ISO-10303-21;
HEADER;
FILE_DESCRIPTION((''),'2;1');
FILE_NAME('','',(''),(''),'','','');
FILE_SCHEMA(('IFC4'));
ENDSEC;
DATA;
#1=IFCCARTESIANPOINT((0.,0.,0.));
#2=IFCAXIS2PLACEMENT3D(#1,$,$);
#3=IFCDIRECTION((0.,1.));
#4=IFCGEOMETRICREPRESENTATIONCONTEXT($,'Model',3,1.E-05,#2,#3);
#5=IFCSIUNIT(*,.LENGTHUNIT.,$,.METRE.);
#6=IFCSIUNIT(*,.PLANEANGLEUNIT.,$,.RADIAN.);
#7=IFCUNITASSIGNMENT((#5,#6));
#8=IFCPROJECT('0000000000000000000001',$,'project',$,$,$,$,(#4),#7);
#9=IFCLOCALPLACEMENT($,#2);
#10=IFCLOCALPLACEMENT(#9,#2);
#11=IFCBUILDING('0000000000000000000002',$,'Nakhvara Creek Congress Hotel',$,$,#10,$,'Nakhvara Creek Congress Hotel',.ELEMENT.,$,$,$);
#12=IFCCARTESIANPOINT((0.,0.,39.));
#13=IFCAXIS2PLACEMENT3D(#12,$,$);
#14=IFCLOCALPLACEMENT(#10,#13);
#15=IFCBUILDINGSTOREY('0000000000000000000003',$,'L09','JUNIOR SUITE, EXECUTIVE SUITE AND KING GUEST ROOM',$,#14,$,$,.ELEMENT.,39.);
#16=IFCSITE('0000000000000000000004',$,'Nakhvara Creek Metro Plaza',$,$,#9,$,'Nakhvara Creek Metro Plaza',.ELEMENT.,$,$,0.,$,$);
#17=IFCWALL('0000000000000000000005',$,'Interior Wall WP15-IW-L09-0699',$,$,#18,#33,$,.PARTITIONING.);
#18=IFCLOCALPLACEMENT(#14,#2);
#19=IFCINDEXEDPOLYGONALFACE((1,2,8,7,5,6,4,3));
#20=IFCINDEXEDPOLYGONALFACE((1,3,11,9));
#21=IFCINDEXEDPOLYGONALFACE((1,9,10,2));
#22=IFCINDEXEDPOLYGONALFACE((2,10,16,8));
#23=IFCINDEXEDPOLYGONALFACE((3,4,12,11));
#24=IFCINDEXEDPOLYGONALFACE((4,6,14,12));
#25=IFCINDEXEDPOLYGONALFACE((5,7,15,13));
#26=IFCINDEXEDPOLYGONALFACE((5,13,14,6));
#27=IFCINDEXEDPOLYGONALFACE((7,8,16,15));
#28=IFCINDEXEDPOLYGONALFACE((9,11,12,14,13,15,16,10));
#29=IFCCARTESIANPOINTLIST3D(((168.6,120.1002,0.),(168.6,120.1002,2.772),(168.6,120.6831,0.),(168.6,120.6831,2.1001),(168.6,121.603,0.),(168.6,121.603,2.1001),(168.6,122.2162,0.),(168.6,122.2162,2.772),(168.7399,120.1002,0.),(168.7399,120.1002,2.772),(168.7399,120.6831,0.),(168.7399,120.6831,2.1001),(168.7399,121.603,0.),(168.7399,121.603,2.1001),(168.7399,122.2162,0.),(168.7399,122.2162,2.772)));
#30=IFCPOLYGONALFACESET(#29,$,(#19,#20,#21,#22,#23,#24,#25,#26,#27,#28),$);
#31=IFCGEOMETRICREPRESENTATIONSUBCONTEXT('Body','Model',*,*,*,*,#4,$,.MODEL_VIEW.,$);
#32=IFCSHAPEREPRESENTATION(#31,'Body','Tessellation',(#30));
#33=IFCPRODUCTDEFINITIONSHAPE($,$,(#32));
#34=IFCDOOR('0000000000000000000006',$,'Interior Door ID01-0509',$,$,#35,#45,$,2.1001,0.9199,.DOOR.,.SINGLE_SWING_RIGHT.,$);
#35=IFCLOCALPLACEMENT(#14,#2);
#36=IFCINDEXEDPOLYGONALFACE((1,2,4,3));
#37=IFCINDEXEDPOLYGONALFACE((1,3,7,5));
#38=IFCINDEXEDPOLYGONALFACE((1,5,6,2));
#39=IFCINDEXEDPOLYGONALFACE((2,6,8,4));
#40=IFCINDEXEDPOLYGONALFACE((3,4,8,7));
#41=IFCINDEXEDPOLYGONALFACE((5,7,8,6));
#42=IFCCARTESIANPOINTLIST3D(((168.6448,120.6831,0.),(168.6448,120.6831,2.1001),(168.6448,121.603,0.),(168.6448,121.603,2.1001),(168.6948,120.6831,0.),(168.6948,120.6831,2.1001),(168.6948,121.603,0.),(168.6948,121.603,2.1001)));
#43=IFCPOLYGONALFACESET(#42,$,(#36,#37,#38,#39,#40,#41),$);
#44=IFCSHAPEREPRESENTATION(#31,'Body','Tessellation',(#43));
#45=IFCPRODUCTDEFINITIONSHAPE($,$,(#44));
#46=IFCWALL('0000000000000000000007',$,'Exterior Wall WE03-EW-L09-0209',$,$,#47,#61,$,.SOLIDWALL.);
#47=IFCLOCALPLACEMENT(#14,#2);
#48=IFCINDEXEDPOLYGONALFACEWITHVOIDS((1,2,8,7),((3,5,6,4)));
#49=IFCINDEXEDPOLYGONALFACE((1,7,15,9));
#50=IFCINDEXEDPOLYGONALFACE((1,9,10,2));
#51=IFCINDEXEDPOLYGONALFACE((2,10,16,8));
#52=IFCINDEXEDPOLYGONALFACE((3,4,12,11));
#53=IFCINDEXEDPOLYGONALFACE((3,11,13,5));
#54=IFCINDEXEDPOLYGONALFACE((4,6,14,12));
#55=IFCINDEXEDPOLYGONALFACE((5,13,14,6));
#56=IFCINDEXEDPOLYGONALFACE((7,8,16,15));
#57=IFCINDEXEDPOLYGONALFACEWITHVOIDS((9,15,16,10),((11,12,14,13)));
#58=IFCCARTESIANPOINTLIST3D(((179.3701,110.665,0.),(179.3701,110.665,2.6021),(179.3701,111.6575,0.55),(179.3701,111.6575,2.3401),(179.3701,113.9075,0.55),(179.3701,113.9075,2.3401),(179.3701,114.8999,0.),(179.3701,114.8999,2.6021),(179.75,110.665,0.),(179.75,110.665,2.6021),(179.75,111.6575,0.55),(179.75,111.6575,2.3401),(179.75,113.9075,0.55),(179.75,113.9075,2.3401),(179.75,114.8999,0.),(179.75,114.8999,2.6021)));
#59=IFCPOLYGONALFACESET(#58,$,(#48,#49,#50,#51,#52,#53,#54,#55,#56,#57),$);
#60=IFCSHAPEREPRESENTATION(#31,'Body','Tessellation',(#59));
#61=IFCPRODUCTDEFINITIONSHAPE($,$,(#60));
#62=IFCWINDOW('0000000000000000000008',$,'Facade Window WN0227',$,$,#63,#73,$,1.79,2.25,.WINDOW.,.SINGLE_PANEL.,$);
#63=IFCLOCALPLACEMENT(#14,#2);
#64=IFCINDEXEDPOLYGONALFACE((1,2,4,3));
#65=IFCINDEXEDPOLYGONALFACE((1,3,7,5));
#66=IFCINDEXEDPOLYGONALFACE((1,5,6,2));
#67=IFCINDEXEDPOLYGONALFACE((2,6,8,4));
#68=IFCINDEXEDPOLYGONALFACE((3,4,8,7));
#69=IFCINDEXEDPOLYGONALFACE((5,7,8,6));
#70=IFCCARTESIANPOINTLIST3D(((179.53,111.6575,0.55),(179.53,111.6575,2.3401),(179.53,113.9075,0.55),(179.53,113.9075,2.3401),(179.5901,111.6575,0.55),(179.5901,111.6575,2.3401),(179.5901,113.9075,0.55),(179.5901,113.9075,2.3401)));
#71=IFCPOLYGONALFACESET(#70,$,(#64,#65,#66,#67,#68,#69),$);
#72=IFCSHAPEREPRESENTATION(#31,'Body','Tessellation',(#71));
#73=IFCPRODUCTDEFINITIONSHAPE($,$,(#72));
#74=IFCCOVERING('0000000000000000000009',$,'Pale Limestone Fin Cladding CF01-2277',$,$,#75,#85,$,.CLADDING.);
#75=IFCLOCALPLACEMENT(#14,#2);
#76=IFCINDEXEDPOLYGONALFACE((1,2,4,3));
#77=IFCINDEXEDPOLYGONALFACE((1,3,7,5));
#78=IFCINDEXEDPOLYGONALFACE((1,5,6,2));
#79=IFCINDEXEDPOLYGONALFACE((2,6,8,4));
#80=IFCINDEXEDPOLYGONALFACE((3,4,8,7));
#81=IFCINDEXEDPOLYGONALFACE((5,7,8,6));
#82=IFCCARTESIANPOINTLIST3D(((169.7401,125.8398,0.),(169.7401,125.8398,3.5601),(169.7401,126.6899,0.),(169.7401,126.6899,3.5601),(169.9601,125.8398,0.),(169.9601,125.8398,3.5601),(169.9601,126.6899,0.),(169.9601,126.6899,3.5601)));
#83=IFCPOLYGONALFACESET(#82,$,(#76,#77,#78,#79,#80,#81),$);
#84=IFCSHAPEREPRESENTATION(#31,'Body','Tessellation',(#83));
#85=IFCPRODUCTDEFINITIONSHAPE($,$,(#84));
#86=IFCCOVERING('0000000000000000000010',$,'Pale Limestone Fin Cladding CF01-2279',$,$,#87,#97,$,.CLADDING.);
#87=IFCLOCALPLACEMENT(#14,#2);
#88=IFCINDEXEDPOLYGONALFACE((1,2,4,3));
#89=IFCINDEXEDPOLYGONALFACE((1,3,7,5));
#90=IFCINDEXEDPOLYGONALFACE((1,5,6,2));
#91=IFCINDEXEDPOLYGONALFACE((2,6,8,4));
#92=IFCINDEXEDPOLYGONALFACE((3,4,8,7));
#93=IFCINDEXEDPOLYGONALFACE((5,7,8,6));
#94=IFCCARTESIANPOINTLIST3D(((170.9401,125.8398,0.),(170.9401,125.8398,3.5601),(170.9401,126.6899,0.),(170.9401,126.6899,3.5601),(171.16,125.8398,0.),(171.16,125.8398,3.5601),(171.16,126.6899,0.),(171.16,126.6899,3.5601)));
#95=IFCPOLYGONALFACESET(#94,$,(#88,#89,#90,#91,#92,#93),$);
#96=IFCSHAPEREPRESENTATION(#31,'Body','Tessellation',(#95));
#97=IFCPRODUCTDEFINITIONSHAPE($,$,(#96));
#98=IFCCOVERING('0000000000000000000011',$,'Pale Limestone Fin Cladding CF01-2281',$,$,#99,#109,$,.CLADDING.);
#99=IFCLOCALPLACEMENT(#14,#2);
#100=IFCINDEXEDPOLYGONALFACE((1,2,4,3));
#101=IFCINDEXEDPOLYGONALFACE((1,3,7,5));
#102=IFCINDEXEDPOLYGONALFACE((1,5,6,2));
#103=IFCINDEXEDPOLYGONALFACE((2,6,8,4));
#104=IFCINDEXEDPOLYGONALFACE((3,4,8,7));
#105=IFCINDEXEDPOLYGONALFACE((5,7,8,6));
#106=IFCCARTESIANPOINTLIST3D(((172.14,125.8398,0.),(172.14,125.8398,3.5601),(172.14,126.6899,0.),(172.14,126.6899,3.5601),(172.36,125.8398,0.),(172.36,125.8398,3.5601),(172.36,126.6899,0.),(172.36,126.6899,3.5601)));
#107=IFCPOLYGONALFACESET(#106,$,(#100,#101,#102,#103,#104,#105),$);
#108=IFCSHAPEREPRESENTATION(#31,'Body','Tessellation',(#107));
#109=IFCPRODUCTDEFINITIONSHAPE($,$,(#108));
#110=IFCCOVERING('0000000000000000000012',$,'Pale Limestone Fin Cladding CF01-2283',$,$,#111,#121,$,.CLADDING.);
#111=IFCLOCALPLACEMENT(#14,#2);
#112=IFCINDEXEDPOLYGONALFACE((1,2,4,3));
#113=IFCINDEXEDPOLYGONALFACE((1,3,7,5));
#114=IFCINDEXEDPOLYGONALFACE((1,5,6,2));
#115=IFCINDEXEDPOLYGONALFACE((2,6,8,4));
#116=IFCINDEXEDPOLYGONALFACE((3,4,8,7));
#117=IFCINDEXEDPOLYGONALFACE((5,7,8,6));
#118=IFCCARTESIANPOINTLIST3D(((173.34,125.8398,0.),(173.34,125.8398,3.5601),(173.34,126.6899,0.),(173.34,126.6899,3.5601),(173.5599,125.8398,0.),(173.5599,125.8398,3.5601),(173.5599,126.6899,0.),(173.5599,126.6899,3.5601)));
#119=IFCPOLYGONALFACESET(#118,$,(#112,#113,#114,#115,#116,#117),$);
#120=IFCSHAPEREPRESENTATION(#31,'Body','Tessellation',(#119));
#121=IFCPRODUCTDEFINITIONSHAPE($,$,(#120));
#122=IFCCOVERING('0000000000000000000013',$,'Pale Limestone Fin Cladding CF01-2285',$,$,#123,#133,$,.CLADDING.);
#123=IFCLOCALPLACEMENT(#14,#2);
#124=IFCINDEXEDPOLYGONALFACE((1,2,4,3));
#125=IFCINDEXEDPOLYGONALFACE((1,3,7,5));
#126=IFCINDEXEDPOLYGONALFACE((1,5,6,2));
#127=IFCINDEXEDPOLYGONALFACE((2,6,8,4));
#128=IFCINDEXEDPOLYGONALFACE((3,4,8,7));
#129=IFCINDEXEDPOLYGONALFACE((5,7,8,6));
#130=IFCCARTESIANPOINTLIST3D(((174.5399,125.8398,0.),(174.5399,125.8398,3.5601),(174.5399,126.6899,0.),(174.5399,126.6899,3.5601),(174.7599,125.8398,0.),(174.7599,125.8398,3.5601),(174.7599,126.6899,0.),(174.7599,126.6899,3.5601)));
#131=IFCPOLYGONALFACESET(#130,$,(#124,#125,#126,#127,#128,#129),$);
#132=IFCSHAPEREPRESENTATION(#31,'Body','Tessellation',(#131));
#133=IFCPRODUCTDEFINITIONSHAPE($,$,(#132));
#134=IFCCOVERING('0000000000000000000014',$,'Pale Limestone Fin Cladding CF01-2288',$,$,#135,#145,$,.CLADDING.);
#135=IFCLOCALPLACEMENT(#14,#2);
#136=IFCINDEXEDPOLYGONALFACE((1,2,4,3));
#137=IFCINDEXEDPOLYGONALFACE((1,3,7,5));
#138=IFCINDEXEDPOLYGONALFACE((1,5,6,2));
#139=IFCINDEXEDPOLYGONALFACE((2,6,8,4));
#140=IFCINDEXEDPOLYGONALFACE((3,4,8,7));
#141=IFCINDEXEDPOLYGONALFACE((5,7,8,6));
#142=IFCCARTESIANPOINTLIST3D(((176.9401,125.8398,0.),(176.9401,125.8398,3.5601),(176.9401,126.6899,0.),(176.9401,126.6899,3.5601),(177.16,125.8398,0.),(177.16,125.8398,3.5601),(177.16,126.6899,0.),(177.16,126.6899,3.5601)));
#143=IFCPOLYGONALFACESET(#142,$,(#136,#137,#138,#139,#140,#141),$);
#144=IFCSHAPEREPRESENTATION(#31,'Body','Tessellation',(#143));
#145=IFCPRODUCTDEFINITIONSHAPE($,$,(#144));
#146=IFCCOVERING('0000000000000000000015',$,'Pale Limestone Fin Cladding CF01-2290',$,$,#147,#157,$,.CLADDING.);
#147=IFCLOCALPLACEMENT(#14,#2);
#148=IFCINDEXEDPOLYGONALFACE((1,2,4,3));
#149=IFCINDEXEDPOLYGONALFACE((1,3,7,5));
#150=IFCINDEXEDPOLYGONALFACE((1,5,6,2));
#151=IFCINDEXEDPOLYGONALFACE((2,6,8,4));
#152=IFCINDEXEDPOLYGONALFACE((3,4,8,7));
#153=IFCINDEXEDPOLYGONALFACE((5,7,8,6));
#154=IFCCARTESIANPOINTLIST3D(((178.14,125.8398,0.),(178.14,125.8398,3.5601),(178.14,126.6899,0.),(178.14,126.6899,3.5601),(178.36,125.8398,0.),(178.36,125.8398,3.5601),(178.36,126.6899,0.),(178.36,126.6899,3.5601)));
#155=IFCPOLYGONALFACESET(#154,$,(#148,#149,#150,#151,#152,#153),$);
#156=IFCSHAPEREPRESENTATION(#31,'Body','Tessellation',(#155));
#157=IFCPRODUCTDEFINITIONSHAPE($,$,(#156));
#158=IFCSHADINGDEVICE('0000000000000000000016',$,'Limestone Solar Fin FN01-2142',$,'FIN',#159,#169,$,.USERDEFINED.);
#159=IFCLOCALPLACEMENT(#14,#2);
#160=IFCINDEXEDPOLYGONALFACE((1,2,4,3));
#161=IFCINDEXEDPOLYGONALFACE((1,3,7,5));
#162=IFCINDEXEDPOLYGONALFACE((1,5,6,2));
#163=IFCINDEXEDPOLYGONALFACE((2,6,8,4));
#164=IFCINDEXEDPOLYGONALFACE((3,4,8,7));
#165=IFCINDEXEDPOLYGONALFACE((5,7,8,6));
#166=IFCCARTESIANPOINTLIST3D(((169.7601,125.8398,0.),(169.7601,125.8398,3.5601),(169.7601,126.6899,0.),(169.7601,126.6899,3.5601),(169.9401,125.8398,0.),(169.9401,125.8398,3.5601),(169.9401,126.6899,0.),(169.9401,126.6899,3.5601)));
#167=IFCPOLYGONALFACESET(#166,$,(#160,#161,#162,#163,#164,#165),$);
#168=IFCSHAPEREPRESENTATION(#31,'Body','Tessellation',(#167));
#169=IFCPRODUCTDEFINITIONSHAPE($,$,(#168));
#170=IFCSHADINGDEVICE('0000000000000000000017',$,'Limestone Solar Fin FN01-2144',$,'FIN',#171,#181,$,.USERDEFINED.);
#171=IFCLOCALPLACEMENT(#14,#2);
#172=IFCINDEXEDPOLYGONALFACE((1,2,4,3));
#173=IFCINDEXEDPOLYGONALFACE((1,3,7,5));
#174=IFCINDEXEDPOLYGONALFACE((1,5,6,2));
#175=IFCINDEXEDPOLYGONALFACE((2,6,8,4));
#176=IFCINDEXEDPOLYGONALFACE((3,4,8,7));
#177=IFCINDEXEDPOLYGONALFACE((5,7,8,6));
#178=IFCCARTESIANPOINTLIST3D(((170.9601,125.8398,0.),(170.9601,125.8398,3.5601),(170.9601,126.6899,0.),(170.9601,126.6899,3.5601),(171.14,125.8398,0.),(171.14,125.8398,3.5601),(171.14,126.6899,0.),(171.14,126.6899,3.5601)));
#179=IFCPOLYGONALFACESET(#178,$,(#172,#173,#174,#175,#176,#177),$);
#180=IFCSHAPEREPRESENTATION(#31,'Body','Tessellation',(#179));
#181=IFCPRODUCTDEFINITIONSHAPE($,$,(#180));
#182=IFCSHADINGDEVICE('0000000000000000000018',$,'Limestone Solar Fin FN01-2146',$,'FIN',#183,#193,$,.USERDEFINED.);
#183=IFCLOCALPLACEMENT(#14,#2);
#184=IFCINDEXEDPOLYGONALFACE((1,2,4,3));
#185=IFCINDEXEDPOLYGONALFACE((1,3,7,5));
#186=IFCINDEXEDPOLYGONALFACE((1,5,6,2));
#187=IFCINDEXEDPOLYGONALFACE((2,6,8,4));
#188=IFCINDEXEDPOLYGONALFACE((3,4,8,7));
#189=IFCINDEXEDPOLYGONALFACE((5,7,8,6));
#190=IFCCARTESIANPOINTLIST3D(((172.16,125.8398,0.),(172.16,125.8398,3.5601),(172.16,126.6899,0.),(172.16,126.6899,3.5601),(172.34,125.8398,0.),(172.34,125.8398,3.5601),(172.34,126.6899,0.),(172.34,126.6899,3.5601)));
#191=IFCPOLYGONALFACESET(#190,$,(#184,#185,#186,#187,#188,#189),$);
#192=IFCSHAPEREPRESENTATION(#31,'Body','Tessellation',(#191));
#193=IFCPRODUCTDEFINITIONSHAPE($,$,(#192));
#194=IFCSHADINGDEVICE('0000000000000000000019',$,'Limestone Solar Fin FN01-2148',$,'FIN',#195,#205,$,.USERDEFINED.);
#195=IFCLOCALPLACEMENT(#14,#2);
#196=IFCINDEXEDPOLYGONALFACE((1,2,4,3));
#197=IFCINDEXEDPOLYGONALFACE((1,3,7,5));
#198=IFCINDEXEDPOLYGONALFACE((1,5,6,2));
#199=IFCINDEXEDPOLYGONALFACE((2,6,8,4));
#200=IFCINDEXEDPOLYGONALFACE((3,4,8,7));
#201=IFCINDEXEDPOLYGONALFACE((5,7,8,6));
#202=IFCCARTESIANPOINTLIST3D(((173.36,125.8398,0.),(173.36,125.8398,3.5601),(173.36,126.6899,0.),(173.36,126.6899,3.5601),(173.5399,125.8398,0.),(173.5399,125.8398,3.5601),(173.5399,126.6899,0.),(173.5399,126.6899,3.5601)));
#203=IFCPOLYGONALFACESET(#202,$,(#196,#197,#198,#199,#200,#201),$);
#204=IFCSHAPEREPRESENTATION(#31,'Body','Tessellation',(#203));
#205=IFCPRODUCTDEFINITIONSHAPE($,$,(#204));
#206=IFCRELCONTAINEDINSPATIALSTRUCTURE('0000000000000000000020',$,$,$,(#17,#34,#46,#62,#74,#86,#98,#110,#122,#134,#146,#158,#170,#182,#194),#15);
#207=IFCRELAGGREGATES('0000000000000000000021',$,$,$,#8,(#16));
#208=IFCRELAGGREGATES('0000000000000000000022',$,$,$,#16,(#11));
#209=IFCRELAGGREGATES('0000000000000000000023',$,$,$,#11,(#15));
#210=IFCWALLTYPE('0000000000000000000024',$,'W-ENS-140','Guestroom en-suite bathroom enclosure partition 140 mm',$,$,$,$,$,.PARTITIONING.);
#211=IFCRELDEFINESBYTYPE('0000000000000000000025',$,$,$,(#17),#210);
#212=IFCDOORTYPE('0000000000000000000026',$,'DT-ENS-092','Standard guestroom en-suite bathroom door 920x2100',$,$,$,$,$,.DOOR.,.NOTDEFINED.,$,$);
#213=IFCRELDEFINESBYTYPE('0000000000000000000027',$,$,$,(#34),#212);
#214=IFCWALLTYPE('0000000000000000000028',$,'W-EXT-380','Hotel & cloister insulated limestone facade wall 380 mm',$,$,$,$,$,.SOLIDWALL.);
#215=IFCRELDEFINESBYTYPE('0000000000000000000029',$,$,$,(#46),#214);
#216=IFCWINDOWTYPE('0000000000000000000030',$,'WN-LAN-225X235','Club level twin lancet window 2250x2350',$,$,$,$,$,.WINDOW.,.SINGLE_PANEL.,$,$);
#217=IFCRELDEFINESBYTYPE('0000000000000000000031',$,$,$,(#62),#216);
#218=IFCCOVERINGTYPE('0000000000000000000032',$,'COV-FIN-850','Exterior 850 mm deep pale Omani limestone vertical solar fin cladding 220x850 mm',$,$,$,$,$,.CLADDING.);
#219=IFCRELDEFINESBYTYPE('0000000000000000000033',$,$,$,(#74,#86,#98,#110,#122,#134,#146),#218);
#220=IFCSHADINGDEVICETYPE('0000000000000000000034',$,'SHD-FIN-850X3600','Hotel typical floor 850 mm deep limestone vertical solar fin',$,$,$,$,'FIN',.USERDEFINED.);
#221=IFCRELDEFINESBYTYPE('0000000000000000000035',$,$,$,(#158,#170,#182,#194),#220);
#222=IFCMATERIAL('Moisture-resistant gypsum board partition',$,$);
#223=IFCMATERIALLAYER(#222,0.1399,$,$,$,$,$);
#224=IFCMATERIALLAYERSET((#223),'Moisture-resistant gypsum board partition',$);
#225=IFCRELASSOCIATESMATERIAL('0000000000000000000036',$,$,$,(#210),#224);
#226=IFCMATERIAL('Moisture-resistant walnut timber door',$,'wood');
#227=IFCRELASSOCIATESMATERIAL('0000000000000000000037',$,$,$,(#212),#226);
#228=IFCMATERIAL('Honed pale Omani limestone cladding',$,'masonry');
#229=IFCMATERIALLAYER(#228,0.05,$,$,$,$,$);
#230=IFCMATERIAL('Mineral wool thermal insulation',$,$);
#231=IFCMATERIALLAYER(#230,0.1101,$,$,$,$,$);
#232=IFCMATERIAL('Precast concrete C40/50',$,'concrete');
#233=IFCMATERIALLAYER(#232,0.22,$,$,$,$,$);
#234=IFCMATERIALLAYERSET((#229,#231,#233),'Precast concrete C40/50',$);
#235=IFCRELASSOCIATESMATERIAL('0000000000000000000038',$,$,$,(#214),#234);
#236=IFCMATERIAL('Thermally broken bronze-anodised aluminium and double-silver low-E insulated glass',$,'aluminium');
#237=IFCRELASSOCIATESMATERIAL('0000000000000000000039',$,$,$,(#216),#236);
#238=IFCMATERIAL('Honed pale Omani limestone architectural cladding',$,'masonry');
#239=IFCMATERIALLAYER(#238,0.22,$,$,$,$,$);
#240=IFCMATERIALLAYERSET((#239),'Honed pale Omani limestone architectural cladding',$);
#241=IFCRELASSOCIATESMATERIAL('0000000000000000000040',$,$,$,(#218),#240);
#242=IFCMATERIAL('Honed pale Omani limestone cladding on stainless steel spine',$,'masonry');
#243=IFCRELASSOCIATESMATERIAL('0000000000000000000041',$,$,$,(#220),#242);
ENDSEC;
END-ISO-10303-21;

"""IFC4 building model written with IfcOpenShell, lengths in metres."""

from ifc_helpers import new_model, si_unit, direction, frame, frame_2d, origin, origin_2d, place, context, subcontext, project, spatial, rectangle, extrude, material, layer, layer_set, type_object, element, fill, save


model = new_model("IFC4")

# Units and contexts
model_context = context("Model", 3, precision=1e-05, world=origin(), true_north=direction((0.0, 1.0)))
body_context = subcontext(model_context, "Body", "Model", "MODEL_VIEW")
ifc_project = project(units=[si_unit("LENGTHUNIT", "METRE"), si_unit("PLANEANGLEUNIT", "RADIAN")], contexts=[model_context])

# Site, building, storey
site_placement = place(None, origin())
site = spatial("IfcSite", under=ifc_project, at=site_placement, Name="Nakhvara Creek Metro Plaza", LongName="Nakhvara Creek Metro Plaza", CompositionType="ELEMENT", RefElevation=0.0)
building_placement = place(site_placement, origin())
building = spatial("IfcBuilding", under=site, at=building_placement, Name="Nakhvara Creek Congress Hotel", LongName="Nakhvara Creek Congress Hotel", CompositionType="ELEMENT")
storey_placement = place(building_placement, frame((0.0, 0.0, 39.0)))
storey = spatial("IfcBuildingStorey", under=building, at=storey_placement, Name="L09", Description="JUNIOR SUITE, EXECUTIVE SUITE AND KING GUEST ROOM", CompositionType="ELEMENT", Elevation=39.0)

# Wall, opening, door
ifc_material_1 = material(Name="Moisture-resistant gypsum board partition")
ifc_layer_1 = layer(ifc_material_1, 0.1399)
ifc_layer_set_1 = layer_set([ifc_layer_1], Name="Moisture-resistant gypsum board partition")
wall_type_1 = type_object("IfcWallType", Name="W-ENS-140", Description="Guestroom en-suite bathroom enclosure partition 140 mm", PredefinedType="PARTITIONING", material=ifc_layer_set_1)
wall_1_placement = place(storey_placement, frame((168.6699, 120.1001, 0.0), z_axis=(0.0, 0.0, 1.0), x_axis=(0.0, 1.0, 0.0)))
wall_1 = element("IfcWall", 1, at=wall_1_placement, inside=storey, type_object=wall_type_1, Name="Interior Wall WP15-IW-L09-0699", PredefinedType="PARTITIONING", context=body_context, shape_type="SweptSolid", body=[
    extrude(rectangle(XDim=2.116, YDim=0.1399, at=frame_2d((1.0581, 0.0))), origin(), (0.0, 0.0, 1.0), 2.772),
])
opening_1_placement = place(wall_1_placement, frame((0.583, 0.0, 0.0)))
opening_1 = element("IfcOpeningElement", 2, at=opening_1_placement, cuts=wall_1, PredefinedType="OPENING", context=body_context, shape_type="SweptSolid", body=[
    extrude(rectangle(XDim=0.9199, YDim=2.1001, at=frame_2d((0.46, 1.05))), frame((0.0, 0.082, 0.0), z_axis=(0.0, -1.0, 0.0), x_axis=(1.0, 0.0, 0.0)), (0.0, 0.0, 1.0), 0.1638),
])
ifc_material_2 = material(Name="Moisture-resistant walnut timber door", Category="wood")
door_type = type_object("IfcDoorType", Name="DT-ENS-092", Description="Standard guestroom en-suite bathroom door 920x2100", OperationType="NOTDEFINED", PredefinedType="DOOR", material=ifc_material_2)
door_placement = place(opening_1_placement, frame((0.9199, 0.0, 0.0), z_axis=(0.0, 0.0, 1.0), x_axis=(-1.0, 0.0, 0.0)))
door = element("IfcDoor", 3, at=door_placement, inside=storey, type_object=door_type, Name="Interior Door ID01-0509", OperationType="SINGLE_SWING_RIGHT", OverallHeight=2.1001, OverallWidth=0.9199, PredefinedType="DOOR", context=body_context, shape_type="SweptSolid", body=[
    extrude(rectangle(XDim=0.9199, YDim=2.1001, at=frame_2d((0.46, 1.05))), frame((0.0, 0.0249, 0.0), z_axis=(0.0, -1.0, 0.0), x_axis=(1.0, 0.0, 0.0)), (0.0, 0.0, 1.0), 0.05),
])
fill(opening_1, door)

# Wall, opening, window
ifc_material_3 = material(Name="Honed pale Omani limestone cladding", Category="masonry")
ifc_layer_2 = layer(ifc_material_3, 0.05)
ifc_material_4 = material(Name="Mineral wool thermal insulation")
ifc_layer_3 = layer(ifc_material_4, 0.1101)
ifc_material_5 = material(Name="Precast concrete C40/50", Category="concrete")
ifc_layer_4 = layer(ifc_material_5, 0.22)
ifc_layer_set_2 = layer_set([ifc_layer_2, ifc_layer_3, ifc_layer_4], Name="Precast concrete C40/50")
wall_type_2 = type_object("IfcWallType", Name="W-EXT-380", Description="Hotel & cloister insulated limestone facade wall 380 mm", PredefinedType="SOLIDWALL", material=ifc_layer_set_2)
wall_2_placement = place(storey_placement, frame((179.5601, 114.8999, 0.0), z_axis=(0.0, 0.0, 1.0), x_axis=(0.0, -1.0, 0.0)))
wall_2 = element("IfcWall", 4, at=wall_2_placement, inside=storey, type_object=wall_type_2, Name="Exterior Wall WE03-EW-L09-0209", PredefinedType="SOLIDWALL", context=body_context, shape_type="SweptSolid", body=[
    extrude(rectangle(XDim=4.2349, YDim=0.3799, at=frame_2d((2.1174, 0.0))), origin(), (0.0, 0.0, 1.0), 2.6021),
])
opening_2_placement = place(wall_2_placement, frame((0.9924, 0.0, 0.55)))
opening_2 = element("IfcOpeningElement", 5, at=opening_2_placement, cuts=wall_2, PredefinedType="OPENING", context=body_context, shape_type="SweptSolid", body=[
    extrude(rectangle(XDim=2.25, YDim=1.79, at=frame_2d((1.125, 0.895))), frame((0.0, 0.2019, 0.0), z_axis=(0.0, -1.0, 0.0), x_axis=(1.0, 0.0, 0.0)), (0.0, 0.0, 1.0), 0.4038),
])
ifc_material_6 = material(Name="Thermally broken bronze-anodised aluminium and double-silver low-E insulated glass", Category="aluminium")
window_type = type_object("IfcWindowType", Name="WN-LAN-225X235", Description="Club level twin lancet window 2250x2350", PartitioningType="SINGLE_PANEL", PredefinedType="WINDOW", material=ifc_material_6)
window_placement = place(opening_2_placement, origin())
window = element("IfcWindow", 6, at=window_placement, inside=storey, type_object=window_type, Name="Facade Window WN0227", OverallHeight=1.79, OverallWidth=2.25, PartitioningType="SINGLE_PANEL", PredefinedType="WINDOW", context=body_context, shape_type="SweptSolid", body=[
    extrude(rectangle(XDim=2.25, YDim=1.79, at=frame_2d((1.125, 0.895))), frame((0.0, 0.03, 0.0), z_axis=(0.0, -1.0, 0.0), x_axis=(1.0, 0.0, 0.0)), (0.0, 0.0, 1.0), 0.0601),
])
fill(opening_2, window)

# Coverings
ifc_material_7 = material(Name="Honed pale Omani limestone architectural cladding", Category="masonry")
ifc_layer_5 = layer(ifc_material_7, 0.22)
ifc_layer_set_3 = layer_set([ifc_layer_5], Name="Honed pale Omani limestone architectural cladding")
covering_type = type_object("IfcCoveringType", Name="COV-FIN-850", Description="Exterior 850 mm deep pale Omani limestone vertical solar fin cladding 220x850 mm", PredefinedType="CLADDING", material=ifc_layer_set_3)
for number, where, z_axis, x_axis, name in (
    (7, (169.8501, 126.2649, 0.0), (0.0, 0.0, 1.0), (1.0, 0.0, 0.0), "Pale Limestone Fin Cladding CF01-2277"),
    (8, (171.05, 126.2649, 0.0), (0.0, 0.0, 1.0), (1.0, 0.0, 0.0), "Pale Limestone Fin Cladding CF01-2279"),
    (9, (172.25, 126.2649, 0.0), (0.0, 0.0, 1.0), (1.0, 0.0, 0.0), "Pale Limestone Fin Cladding CF01-2281"),
    (10, (173.45, 126.2649, 0.0), (0.0, 0.0, 1.0), (1.0, 0.0, 0.0), "Pale Limestone Fin Cladding CF01-2283"),
    (11, (174.6499, 126.2649, 0.0), (0.0, 0.0, 1.0), (1.0, 0.0, 0.0), "Pale Limestone Fin Cladding CF01-2285"),
    (12, (177.05, 126.2649, 0.0), (0.0, 0.0, 1.0), (1.0, 0.0, 0.0), "Pale Limestone Fin Cladding CF01-2288"),
    (13, (178.25, 126.2649, 0.0), (0.0, 0.0, 1.0), (1.0, 0.0, 0.0), "Pale Limestone Fin Cladding CF01-2290"),
):
    element("IfcCovering", number, at=place(storey_placement, frame(where, z_axis=z_axis, x_axis=x_axis)), inside=storey, type_object=covering_type, Name=name, PredefinedType="CLADDING", context=body_context, shape_type="SweptSolid", body=[
        extrude(rectangle(XDim=0.22, YDim=0.8501, at=origin_2d()), origin(), (0.0, 0.0, 1.0), 3.5601),
    ])

# Shading devices
ifc_material_8 = material(Name="Honed pale Omani limestone cladding on stainless steel spine", Category="masonry")
shading_device_type = type_object("IfcShadingDeviceType", Name="SHD-FIN-850X3600", Description="Hotel typical floor 850 mm deep limestone vertical solar fin", ElementType="FIN", PredefinedType="USERDEFINED", material=ifc_material_8)
for number, where, z_axis, x_axis, name in (
    (14, (169.8501, 126.2649, 0.0), (0.0, 0.0, 1.0), (1.0, 0.0, 0.0), "Limestone Solar Fin FN01-2142"),
    (15, (171.05, 126.2649, 0.0), (0.0, 0.0, 1.0), (1.0, 0.0, 0.0), "Limestone Solar Fin FN01-2144"),
    (16, (172.25, 126.2649, 0.0), (0.0, 0.0, 1.0), (1.0, 0.0, 0.0), "Limestone Solar Fin FN01-2146"),
    (17, (173.45, 126.2649, 0.0), (0.0, 0.0, 1.0), (1.0, 0.0, 0.0), "Limestone Solar Fin FN01-2148"),
):
    element("IfcShadingDevice", number, at=place(storey_placement, frame(where, z_axis=z_axis, x_axis=x_axis)), inside=storey, type_object=shading_device_type, Name=name, ObjectType="FIN", PredefinedType="USERDEFINED", context=body_context, shape_type="SweptSolid", body=[
        extrude(rectangle(XDim=0.1799, YDim=0.8501, at=origin_2d()), origin(), (0.0, 0.0, 1.0), 3.5601),
    ])

save(model, "model.ifc")
